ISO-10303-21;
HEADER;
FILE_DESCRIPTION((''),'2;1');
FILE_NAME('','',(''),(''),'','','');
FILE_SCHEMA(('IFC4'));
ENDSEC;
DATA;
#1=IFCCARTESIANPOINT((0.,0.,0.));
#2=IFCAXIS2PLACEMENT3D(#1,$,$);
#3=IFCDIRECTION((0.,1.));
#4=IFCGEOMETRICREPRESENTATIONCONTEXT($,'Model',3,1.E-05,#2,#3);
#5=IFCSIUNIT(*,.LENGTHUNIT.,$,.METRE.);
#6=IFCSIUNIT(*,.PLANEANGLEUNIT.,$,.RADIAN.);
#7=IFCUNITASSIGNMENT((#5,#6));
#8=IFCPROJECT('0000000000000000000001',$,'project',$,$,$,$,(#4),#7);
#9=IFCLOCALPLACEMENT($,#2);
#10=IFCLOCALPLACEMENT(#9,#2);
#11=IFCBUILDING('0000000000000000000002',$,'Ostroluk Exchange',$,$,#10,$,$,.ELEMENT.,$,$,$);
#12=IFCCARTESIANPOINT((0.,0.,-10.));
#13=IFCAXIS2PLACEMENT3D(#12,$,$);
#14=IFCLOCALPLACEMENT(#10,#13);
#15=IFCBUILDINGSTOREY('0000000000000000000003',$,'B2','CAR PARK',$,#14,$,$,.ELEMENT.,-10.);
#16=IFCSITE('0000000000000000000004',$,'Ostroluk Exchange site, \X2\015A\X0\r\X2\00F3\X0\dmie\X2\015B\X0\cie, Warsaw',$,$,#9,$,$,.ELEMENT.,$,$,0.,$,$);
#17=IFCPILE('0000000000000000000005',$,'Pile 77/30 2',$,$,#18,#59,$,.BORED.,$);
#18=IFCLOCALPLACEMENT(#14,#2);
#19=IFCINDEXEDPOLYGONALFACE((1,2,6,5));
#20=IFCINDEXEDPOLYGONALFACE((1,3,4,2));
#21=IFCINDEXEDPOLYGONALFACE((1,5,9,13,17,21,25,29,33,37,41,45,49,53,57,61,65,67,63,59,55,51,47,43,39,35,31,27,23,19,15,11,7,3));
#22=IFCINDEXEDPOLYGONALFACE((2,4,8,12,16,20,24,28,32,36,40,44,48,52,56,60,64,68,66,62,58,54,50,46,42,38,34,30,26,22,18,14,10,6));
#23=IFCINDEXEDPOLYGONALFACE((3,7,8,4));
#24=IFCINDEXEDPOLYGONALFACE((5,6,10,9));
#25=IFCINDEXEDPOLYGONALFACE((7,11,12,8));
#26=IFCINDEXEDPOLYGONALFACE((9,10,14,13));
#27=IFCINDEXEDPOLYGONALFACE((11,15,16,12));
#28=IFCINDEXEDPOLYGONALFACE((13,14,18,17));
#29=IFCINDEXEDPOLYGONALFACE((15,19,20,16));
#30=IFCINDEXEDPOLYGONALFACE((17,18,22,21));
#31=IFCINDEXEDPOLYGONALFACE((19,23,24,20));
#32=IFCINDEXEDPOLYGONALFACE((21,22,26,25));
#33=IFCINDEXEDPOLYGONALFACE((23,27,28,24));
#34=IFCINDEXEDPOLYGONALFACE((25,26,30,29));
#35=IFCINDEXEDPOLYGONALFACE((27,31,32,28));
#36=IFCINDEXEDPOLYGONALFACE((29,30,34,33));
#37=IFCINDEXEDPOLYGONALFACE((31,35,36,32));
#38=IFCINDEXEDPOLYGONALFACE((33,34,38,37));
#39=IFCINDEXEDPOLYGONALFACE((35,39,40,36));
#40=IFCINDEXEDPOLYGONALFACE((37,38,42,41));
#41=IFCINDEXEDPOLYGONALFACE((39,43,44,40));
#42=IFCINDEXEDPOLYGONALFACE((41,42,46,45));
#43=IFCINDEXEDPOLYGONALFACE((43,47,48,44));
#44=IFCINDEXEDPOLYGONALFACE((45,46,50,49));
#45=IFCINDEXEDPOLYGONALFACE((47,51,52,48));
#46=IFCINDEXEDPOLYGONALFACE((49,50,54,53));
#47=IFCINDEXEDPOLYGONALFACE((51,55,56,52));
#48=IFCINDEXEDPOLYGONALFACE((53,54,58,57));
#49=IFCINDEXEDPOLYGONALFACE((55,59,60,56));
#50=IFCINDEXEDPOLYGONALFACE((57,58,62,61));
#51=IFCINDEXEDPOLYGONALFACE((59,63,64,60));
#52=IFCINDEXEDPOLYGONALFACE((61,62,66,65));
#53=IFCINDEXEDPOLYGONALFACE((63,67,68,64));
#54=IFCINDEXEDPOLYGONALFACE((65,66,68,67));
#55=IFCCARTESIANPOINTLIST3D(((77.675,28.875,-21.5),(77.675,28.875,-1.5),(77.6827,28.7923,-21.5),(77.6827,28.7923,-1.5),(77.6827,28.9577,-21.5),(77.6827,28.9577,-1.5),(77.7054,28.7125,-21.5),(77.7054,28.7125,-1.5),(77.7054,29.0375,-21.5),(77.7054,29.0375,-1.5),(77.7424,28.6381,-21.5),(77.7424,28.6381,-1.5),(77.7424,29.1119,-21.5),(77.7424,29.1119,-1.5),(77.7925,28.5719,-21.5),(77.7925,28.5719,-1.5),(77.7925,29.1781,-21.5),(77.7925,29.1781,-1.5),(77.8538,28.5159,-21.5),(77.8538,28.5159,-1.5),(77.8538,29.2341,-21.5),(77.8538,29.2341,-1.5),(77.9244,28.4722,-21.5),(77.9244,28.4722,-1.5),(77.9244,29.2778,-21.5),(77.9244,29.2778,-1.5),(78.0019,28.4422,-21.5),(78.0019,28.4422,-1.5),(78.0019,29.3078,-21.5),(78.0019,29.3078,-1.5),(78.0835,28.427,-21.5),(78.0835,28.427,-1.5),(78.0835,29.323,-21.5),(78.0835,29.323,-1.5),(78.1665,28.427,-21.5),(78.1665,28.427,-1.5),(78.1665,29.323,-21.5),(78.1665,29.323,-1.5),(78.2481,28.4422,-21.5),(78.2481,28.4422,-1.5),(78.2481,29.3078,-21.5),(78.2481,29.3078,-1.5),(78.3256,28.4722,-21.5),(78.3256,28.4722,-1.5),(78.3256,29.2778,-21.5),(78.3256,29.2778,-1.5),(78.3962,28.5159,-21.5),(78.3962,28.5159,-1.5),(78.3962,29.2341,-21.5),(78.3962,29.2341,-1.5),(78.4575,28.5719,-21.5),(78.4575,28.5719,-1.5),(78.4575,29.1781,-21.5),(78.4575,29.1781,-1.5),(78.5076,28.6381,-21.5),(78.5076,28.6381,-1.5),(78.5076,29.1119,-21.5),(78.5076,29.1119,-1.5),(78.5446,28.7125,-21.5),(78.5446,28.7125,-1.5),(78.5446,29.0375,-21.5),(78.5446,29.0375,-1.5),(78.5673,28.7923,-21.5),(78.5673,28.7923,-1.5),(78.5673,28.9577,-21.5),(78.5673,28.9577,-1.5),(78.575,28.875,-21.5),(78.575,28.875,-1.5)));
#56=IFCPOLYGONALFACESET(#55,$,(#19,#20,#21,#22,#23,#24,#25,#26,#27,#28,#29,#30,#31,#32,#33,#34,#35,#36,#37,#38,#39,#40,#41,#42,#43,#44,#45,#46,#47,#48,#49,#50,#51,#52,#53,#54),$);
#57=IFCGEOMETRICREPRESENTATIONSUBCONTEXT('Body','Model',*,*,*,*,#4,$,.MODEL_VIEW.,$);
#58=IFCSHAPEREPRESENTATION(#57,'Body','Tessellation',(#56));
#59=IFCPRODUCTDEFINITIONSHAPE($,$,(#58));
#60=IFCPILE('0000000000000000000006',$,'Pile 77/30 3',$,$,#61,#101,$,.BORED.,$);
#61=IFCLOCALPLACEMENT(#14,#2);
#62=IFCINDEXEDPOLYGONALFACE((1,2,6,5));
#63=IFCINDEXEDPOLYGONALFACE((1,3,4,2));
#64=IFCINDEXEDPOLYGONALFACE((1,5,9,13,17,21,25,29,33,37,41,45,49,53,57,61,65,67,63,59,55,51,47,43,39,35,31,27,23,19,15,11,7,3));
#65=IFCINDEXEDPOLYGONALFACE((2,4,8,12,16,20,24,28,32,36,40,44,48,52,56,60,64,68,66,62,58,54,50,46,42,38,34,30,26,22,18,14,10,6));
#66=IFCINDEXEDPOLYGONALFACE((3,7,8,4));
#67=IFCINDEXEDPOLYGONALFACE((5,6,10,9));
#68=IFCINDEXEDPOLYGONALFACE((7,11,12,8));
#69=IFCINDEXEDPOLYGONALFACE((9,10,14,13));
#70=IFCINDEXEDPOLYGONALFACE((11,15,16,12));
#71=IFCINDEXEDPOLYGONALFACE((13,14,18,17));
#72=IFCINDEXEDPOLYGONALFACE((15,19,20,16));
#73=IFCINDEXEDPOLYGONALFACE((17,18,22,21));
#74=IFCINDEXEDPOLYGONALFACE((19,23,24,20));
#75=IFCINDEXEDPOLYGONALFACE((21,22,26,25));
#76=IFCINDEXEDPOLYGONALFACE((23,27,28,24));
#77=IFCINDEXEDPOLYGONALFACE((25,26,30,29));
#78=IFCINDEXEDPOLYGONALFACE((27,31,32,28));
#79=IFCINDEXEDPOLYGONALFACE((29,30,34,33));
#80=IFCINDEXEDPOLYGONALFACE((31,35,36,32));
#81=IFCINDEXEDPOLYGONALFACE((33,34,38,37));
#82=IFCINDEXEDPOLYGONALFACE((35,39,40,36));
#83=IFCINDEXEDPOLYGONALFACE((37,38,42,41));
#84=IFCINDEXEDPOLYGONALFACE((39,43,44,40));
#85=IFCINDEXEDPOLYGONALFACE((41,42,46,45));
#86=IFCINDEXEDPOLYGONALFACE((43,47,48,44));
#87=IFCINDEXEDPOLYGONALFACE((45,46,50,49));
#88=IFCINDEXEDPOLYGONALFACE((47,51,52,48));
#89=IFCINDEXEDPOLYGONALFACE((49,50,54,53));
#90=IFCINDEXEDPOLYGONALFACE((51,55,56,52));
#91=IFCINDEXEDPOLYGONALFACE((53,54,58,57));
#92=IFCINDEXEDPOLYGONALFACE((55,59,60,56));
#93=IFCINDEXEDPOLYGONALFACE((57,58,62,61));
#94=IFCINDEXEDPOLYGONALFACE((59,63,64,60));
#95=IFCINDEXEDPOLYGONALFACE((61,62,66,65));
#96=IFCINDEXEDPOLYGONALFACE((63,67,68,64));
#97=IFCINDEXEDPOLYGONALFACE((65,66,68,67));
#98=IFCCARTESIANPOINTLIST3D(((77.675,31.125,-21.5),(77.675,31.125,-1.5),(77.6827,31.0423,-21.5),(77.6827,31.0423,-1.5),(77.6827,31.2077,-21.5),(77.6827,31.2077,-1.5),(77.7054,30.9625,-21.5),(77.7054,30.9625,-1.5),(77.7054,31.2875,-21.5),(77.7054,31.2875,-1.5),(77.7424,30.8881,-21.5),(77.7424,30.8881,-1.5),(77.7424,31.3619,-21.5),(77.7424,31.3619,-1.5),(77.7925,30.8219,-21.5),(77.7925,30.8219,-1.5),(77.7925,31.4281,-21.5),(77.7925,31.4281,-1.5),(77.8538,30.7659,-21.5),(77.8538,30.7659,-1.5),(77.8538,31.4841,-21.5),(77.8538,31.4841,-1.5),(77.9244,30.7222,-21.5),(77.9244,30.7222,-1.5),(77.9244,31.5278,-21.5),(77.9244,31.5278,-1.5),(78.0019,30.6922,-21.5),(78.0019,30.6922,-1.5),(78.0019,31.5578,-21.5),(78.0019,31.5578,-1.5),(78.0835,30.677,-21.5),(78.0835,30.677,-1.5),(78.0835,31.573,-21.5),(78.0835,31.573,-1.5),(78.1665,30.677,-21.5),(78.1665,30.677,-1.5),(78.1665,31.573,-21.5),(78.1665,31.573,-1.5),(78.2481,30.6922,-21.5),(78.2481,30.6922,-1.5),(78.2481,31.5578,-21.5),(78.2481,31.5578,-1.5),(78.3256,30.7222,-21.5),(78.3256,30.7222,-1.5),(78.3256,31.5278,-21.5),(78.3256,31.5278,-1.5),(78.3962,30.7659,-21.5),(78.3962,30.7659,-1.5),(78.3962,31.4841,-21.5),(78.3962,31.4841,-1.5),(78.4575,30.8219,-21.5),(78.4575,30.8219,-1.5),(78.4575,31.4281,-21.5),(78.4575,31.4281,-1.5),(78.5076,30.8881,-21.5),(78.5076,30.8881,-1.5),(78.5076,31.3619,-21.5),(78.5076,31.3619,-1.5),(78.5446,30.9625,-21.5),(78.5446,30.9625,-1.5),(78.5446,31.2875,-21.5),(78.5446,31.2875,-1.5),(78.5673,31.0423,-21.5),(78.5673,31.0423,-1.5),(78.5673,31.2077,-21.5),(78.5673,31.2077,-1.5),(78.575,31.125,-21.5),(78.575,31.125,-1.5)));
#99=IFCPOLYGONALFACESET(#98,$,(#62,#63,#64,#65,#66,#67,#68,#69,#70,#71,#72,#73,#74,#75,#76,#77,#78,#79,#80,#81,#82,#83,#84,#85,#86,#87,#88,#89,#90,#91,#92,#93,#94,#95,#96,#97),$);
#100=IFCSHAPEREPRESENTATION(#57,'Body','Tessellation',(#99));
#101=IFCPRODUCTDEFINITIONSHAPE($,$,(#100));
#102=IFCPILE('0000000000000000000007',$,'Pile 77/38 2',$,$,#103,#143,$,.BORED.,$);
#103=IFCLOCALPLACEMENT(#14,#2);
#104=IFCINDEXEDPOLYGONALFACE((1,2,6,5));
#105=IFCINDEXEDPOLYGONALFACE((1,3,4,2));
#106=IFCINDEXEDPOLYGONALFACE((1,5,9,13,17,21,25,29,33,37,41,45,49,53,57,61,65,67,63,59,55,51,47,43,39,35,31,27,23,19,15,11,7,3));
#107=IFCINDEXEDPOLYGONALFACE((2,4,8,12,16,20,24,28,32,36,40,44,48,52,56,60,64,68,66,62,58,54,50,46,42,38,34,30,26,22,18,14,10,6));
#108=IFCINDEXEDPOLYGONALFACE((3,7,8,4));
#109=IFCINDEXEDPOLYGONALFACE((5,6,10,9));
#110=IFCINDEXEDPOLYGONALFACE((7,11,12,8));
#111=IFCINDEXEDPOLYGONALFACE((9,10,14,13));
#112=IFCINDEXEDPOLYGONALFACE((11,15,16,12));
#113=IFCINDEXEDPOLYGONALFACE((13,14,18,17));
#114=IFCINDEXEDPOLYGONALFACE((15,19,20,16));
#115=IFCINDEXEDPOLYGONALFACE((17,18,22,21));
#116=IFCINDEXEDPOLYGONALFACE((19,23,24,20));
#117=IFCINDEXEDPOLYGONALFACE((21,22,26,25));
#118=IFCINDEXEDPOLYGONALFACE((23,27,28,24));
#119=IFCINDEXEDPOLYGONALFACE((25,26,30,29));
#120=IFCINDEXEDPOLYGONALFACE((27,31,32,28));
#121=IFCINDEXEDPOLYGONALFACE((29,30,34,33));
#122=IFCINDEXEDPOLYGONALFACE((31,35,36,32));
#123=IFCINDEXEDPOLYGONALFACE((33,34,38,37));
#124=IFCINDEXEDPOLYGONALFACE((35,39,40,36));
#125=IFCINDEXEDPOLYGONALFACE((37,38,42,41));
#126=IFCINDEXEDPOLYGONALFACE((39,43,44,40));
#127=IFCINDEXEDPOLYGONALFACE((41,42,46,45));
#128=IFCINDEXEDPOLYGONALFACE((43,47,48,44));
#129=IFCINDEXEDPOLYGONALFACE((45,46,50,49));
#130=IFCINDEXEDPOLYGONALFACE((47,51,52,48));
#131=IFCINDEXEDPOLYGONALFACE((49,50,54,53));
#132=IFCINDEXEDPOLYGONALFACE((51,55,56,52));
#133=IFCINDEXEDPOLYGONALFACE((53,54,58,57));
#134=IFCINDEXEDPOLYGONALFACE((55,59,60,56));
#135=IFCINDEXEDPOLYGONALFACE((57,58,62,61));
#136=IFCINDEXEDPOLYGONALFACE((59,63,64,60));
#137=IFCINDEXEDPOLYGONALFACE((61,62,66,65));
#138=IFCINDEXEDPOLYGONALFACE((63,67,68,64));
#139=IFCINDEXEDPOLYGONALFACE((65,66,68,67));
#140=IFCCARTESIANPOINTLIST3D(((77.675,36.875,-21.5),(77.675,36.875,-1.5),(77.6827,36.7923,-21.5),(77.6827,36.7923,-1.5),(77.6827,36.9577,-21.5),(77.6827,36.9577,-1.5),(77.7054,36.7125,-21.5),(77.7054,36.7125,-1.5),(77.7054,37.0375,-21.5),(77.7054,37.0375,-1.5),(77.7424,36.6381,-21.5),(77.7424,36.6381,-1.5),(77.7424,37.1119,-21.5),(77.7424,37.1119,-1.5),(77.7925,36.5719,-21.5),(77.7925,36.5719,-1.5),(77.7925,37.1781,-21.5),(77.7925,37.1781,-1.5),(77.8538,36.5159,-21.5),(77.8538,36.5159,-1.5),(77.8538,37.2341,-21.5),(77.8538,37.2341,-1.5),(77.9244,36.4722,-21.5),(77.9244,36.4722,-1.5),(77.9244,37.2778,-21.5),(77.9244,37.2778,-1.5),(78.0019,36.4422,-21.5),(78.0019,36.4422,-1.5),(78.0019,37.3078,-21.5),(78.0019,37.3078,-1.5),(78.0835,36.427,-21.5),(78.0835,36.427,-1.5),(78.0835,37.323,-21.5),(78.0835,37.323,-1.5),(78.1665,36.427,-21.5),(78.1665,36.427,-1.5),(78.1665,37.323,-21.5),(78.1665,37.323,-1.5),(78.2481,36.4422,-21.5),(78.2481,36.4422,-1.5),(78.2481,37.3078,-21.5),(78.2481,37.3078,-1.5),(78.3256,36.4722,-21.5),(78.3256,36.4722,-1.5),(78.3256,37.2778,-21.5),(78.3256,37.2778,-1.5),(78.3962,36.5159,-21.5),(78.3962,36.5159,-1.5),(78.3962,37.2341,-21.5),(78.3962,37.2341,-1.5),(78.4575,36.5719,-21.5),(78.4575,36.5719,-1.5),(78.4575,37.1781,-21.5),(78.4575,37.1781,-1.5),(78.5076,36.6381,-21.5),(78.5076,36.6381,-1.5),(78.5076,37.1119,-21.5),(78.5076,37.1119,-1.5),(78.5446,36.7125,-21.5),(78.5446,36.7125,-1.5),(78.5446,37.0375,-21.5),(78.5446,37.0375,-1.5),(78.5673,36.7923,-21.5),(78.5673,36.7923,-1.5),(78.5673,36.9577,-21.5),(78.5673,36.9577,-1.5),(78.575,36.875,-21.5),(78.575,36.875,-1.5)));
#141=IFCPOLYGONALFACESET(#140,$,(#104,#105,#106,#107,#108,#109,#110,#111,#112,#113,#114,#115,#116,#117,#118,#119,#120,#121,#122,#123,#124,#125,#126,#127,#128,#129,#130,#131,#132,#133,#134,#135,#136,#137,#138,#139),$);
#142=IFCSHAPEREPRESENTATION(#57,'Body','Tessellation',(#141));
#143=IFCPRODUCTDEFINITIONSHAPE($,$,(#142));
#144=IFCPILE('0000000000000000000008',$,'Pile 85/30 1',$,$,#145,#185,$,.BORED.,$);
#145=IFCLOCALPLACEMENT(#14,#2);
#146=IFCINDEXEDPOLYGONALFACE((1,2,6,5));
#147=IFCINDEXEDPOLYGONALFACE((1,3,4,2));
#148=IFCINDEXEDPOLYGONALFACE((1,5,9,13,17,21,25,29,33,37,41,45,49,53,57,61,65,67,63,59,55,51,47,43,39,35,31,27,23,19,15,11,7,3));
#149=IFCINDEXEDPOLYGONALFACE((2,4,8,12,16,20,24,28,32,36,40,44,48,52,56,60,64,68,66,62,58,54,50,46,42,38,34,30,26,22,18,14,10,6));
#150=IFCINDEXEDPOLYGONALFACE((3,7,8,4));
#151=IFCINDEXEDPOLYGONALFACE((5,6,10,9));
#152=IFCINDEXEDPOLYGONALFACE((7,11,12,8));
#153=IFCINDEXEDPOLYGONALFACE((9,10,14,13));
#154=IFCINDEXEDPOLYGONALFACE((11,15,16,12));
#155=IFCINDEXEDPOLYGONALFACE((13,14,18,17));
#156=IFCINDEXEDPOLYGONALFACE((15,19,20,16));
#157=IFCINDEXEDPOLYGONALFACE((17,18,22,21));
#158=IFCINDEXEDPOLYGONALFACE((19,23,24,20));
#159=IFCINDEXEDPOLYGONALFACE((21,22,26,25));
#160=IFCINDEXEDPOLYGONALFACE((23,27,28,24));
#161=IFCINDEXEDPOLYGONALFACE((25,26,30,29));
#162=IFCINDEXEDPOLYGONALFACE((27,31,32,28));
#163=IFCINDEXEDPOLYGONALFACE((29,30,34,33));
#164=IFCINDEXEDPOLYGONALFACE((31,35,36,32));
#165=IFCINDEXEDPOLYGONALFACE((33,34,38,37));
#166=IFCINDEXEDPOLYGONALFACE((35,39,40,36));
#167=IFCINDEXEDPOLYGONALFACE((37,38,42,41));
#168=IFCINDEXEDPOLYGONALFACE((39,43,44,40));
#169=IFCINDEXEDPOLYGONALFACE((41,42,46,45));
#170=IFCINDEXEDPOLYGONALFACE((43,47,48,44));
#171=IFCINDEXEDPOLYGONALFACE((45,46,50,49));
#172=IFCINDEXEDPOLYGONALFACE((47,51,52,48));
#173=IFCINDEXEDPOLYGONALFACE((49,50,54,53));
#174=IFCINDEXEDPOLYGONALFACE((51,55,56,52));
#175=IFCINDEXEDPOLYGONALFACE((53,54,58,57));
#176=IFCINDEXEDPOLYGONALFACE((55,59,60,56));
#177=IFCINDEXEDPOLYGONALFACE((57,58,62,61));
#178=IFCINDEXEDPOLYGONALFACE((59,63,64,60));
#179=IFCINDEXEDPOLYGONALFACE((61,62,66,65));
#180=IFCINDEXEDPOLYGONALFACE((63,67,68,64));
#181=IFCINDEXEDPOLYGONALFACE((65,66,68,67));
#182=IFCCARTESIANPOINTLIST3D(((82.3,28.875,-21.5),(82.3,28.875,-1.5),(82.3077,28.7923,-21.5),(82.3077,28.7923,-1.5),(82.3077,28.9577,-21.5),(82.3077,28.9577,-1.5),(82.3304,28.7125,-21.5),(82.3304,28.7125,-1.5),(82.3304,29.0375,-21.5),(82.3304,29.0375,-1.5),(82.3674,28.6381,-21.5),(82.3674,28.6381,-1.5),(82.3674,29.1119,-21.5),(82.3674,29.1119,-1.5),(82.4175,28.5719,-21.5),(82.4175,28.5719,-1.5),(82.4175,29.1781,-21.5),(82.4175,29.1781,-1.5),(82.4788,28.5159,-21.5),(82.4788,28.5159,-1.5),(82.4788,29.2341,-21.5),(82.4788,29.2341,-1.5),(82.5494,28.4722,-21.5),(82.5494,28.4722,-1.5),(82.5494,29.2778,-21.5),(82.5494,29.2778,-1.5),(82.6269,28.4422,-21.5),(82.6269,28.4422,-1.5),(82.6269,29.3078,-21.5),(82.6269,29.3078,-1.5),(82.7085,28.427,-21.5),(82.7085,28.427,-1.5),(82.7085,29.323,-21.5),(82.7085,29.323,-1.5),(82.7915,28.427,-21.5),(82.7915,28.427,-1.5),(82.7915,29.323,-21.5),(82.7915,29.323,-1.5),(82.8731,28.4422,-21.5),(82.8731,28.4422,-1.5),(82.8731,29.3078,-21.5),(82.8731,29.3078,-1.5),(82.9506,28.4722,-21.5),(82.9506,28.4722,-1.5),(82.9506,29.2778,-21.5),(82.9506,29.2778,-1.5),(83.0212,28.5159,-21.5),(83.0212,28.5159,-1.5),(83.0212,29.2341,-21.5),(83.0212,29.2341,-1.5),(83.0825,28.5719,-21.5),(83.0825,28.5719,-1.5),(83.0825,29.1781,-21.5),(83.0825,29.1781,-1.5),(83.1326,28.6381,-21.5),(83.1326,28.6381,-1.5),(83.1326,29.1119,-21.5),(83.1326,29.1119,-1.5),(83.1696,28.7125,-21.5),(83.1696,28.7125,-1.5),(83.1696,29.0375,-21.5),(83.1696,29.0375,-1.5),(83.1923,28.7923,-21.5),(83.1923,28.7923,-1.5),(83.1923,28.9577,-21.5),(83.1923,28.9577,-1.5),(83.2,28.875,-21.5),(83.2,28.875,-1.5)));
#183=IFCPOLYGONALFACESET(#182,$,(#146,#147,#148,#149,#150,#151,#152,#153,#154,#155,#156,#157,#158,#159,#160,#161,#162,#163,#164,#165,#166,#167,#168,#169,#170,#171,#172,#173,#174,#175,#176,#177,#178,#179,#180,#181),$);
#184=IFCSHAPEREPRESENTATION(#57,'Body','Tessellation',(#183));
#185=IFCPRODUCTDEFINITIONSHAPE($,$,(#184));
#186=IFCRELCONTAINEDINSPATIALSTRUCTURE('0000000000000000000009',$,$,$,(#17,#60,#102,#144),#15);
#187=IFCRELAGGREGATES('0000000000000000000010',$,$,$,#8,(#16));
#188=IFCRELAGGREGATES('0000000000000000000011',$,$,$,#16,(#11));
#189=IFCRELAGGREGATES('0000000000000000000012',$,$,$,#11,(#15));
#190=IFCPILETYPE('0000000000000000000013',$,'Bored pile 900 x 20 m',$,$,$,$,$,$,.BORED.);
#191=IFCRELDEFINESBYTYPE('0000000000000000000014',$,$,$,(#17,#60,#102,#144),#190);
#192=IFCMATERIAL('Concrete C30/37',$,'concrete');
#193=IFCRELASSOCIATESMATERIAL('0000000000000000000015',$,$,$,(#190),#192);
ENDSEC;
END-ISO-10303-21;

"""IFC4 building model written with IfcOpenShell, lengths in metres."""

from ifc_helpers import new_model, si_unit, direction, frame, origin, origin_2d, place, context, subcontext, project, spatial, circle, extrude, material, type_object, element, save


model = new_model("IFC4")

# Units and contexts
model_context = context("Model", 3, precision=1e-05, world=origin(), true_north=direction((0.0, 1.0)))
body_context = subcontext(model_context, "Body", "Model", "MODEL_VIEW")
ifc_project = project(units=[si_unit("LENGTHUNIT", "METRE"), si_unit("PLANEANGLEUNIT", "RADIAN")], contexts=[model_context])

# Site, building, storey
site_placement = place(None, origin())
site = spatial("IfcSite", under=ifc_project, at=site_placement, Name="Ostroluk Exchange site, Śródmieście, Warsaw", CompositionType="ELEMENT", RefElevation=0.0)
building_placement = place(site_placement, origin())
building = spatial("IfcBuilding", under=site, at=building_placement, Name="Ostroluk Exchange", CompositionType="ELEMENT")
storey_placement = place(building_placement, frame((0.0, 0.0, -10.0)))
storey = spatial("IfcBuildingStorey", under=building, at=storey_placement, Name="B2", Description="CAR PARK", CompositionType="ELEMENT", Elevation=-10.0)

# Piles
ifc_material_1 = material(Name="Concrete C30/37", Category="concrete")
pile_type = type_object("IfcPileType", Name="Bored pile 900 x 20 m", PredefinedType="BORED", material=ifc_material_1)
for number, where, z_axis, x_axis, name in (
    (1, (78.125, 28.875, -1.5), (0.0, 0.0, -1.0), (1.0, 0.0, 0.0), "Pile 77/30 2"),
    (2, (78.125, 31.125, -1.5), (0.0, 0.0, -1.0), (1.0, 0.0, 0.0), "Pile 77/30 3"),
    (3, (78.125, 36.875, -1.5), (0.0, 0.0, -1.0), (1.0, 0.0, 0.0), "Pile 77/38 2"),
    (4, (82.75, 28.875, -1.5), (0.0, 0.0, -1.0), (1.0, 0.0, 0.0), "Pile 85/30 1"),
):
    element("IfcPile", number, at=place(storey_placement, frame(where, z_axis=z_axis, x_axis=x_axis)), inside=storey, type_object=pile_type, Name=name, PredefinedType="BORED", context=body_context, shape_type="SweptSolid", body=[
        extrude(circle(Radius=0.45, at=origin_2d()), origin(), (0.0, 0.0, 1.0), 20.0),
    ])

save(model, "model.ifc")
